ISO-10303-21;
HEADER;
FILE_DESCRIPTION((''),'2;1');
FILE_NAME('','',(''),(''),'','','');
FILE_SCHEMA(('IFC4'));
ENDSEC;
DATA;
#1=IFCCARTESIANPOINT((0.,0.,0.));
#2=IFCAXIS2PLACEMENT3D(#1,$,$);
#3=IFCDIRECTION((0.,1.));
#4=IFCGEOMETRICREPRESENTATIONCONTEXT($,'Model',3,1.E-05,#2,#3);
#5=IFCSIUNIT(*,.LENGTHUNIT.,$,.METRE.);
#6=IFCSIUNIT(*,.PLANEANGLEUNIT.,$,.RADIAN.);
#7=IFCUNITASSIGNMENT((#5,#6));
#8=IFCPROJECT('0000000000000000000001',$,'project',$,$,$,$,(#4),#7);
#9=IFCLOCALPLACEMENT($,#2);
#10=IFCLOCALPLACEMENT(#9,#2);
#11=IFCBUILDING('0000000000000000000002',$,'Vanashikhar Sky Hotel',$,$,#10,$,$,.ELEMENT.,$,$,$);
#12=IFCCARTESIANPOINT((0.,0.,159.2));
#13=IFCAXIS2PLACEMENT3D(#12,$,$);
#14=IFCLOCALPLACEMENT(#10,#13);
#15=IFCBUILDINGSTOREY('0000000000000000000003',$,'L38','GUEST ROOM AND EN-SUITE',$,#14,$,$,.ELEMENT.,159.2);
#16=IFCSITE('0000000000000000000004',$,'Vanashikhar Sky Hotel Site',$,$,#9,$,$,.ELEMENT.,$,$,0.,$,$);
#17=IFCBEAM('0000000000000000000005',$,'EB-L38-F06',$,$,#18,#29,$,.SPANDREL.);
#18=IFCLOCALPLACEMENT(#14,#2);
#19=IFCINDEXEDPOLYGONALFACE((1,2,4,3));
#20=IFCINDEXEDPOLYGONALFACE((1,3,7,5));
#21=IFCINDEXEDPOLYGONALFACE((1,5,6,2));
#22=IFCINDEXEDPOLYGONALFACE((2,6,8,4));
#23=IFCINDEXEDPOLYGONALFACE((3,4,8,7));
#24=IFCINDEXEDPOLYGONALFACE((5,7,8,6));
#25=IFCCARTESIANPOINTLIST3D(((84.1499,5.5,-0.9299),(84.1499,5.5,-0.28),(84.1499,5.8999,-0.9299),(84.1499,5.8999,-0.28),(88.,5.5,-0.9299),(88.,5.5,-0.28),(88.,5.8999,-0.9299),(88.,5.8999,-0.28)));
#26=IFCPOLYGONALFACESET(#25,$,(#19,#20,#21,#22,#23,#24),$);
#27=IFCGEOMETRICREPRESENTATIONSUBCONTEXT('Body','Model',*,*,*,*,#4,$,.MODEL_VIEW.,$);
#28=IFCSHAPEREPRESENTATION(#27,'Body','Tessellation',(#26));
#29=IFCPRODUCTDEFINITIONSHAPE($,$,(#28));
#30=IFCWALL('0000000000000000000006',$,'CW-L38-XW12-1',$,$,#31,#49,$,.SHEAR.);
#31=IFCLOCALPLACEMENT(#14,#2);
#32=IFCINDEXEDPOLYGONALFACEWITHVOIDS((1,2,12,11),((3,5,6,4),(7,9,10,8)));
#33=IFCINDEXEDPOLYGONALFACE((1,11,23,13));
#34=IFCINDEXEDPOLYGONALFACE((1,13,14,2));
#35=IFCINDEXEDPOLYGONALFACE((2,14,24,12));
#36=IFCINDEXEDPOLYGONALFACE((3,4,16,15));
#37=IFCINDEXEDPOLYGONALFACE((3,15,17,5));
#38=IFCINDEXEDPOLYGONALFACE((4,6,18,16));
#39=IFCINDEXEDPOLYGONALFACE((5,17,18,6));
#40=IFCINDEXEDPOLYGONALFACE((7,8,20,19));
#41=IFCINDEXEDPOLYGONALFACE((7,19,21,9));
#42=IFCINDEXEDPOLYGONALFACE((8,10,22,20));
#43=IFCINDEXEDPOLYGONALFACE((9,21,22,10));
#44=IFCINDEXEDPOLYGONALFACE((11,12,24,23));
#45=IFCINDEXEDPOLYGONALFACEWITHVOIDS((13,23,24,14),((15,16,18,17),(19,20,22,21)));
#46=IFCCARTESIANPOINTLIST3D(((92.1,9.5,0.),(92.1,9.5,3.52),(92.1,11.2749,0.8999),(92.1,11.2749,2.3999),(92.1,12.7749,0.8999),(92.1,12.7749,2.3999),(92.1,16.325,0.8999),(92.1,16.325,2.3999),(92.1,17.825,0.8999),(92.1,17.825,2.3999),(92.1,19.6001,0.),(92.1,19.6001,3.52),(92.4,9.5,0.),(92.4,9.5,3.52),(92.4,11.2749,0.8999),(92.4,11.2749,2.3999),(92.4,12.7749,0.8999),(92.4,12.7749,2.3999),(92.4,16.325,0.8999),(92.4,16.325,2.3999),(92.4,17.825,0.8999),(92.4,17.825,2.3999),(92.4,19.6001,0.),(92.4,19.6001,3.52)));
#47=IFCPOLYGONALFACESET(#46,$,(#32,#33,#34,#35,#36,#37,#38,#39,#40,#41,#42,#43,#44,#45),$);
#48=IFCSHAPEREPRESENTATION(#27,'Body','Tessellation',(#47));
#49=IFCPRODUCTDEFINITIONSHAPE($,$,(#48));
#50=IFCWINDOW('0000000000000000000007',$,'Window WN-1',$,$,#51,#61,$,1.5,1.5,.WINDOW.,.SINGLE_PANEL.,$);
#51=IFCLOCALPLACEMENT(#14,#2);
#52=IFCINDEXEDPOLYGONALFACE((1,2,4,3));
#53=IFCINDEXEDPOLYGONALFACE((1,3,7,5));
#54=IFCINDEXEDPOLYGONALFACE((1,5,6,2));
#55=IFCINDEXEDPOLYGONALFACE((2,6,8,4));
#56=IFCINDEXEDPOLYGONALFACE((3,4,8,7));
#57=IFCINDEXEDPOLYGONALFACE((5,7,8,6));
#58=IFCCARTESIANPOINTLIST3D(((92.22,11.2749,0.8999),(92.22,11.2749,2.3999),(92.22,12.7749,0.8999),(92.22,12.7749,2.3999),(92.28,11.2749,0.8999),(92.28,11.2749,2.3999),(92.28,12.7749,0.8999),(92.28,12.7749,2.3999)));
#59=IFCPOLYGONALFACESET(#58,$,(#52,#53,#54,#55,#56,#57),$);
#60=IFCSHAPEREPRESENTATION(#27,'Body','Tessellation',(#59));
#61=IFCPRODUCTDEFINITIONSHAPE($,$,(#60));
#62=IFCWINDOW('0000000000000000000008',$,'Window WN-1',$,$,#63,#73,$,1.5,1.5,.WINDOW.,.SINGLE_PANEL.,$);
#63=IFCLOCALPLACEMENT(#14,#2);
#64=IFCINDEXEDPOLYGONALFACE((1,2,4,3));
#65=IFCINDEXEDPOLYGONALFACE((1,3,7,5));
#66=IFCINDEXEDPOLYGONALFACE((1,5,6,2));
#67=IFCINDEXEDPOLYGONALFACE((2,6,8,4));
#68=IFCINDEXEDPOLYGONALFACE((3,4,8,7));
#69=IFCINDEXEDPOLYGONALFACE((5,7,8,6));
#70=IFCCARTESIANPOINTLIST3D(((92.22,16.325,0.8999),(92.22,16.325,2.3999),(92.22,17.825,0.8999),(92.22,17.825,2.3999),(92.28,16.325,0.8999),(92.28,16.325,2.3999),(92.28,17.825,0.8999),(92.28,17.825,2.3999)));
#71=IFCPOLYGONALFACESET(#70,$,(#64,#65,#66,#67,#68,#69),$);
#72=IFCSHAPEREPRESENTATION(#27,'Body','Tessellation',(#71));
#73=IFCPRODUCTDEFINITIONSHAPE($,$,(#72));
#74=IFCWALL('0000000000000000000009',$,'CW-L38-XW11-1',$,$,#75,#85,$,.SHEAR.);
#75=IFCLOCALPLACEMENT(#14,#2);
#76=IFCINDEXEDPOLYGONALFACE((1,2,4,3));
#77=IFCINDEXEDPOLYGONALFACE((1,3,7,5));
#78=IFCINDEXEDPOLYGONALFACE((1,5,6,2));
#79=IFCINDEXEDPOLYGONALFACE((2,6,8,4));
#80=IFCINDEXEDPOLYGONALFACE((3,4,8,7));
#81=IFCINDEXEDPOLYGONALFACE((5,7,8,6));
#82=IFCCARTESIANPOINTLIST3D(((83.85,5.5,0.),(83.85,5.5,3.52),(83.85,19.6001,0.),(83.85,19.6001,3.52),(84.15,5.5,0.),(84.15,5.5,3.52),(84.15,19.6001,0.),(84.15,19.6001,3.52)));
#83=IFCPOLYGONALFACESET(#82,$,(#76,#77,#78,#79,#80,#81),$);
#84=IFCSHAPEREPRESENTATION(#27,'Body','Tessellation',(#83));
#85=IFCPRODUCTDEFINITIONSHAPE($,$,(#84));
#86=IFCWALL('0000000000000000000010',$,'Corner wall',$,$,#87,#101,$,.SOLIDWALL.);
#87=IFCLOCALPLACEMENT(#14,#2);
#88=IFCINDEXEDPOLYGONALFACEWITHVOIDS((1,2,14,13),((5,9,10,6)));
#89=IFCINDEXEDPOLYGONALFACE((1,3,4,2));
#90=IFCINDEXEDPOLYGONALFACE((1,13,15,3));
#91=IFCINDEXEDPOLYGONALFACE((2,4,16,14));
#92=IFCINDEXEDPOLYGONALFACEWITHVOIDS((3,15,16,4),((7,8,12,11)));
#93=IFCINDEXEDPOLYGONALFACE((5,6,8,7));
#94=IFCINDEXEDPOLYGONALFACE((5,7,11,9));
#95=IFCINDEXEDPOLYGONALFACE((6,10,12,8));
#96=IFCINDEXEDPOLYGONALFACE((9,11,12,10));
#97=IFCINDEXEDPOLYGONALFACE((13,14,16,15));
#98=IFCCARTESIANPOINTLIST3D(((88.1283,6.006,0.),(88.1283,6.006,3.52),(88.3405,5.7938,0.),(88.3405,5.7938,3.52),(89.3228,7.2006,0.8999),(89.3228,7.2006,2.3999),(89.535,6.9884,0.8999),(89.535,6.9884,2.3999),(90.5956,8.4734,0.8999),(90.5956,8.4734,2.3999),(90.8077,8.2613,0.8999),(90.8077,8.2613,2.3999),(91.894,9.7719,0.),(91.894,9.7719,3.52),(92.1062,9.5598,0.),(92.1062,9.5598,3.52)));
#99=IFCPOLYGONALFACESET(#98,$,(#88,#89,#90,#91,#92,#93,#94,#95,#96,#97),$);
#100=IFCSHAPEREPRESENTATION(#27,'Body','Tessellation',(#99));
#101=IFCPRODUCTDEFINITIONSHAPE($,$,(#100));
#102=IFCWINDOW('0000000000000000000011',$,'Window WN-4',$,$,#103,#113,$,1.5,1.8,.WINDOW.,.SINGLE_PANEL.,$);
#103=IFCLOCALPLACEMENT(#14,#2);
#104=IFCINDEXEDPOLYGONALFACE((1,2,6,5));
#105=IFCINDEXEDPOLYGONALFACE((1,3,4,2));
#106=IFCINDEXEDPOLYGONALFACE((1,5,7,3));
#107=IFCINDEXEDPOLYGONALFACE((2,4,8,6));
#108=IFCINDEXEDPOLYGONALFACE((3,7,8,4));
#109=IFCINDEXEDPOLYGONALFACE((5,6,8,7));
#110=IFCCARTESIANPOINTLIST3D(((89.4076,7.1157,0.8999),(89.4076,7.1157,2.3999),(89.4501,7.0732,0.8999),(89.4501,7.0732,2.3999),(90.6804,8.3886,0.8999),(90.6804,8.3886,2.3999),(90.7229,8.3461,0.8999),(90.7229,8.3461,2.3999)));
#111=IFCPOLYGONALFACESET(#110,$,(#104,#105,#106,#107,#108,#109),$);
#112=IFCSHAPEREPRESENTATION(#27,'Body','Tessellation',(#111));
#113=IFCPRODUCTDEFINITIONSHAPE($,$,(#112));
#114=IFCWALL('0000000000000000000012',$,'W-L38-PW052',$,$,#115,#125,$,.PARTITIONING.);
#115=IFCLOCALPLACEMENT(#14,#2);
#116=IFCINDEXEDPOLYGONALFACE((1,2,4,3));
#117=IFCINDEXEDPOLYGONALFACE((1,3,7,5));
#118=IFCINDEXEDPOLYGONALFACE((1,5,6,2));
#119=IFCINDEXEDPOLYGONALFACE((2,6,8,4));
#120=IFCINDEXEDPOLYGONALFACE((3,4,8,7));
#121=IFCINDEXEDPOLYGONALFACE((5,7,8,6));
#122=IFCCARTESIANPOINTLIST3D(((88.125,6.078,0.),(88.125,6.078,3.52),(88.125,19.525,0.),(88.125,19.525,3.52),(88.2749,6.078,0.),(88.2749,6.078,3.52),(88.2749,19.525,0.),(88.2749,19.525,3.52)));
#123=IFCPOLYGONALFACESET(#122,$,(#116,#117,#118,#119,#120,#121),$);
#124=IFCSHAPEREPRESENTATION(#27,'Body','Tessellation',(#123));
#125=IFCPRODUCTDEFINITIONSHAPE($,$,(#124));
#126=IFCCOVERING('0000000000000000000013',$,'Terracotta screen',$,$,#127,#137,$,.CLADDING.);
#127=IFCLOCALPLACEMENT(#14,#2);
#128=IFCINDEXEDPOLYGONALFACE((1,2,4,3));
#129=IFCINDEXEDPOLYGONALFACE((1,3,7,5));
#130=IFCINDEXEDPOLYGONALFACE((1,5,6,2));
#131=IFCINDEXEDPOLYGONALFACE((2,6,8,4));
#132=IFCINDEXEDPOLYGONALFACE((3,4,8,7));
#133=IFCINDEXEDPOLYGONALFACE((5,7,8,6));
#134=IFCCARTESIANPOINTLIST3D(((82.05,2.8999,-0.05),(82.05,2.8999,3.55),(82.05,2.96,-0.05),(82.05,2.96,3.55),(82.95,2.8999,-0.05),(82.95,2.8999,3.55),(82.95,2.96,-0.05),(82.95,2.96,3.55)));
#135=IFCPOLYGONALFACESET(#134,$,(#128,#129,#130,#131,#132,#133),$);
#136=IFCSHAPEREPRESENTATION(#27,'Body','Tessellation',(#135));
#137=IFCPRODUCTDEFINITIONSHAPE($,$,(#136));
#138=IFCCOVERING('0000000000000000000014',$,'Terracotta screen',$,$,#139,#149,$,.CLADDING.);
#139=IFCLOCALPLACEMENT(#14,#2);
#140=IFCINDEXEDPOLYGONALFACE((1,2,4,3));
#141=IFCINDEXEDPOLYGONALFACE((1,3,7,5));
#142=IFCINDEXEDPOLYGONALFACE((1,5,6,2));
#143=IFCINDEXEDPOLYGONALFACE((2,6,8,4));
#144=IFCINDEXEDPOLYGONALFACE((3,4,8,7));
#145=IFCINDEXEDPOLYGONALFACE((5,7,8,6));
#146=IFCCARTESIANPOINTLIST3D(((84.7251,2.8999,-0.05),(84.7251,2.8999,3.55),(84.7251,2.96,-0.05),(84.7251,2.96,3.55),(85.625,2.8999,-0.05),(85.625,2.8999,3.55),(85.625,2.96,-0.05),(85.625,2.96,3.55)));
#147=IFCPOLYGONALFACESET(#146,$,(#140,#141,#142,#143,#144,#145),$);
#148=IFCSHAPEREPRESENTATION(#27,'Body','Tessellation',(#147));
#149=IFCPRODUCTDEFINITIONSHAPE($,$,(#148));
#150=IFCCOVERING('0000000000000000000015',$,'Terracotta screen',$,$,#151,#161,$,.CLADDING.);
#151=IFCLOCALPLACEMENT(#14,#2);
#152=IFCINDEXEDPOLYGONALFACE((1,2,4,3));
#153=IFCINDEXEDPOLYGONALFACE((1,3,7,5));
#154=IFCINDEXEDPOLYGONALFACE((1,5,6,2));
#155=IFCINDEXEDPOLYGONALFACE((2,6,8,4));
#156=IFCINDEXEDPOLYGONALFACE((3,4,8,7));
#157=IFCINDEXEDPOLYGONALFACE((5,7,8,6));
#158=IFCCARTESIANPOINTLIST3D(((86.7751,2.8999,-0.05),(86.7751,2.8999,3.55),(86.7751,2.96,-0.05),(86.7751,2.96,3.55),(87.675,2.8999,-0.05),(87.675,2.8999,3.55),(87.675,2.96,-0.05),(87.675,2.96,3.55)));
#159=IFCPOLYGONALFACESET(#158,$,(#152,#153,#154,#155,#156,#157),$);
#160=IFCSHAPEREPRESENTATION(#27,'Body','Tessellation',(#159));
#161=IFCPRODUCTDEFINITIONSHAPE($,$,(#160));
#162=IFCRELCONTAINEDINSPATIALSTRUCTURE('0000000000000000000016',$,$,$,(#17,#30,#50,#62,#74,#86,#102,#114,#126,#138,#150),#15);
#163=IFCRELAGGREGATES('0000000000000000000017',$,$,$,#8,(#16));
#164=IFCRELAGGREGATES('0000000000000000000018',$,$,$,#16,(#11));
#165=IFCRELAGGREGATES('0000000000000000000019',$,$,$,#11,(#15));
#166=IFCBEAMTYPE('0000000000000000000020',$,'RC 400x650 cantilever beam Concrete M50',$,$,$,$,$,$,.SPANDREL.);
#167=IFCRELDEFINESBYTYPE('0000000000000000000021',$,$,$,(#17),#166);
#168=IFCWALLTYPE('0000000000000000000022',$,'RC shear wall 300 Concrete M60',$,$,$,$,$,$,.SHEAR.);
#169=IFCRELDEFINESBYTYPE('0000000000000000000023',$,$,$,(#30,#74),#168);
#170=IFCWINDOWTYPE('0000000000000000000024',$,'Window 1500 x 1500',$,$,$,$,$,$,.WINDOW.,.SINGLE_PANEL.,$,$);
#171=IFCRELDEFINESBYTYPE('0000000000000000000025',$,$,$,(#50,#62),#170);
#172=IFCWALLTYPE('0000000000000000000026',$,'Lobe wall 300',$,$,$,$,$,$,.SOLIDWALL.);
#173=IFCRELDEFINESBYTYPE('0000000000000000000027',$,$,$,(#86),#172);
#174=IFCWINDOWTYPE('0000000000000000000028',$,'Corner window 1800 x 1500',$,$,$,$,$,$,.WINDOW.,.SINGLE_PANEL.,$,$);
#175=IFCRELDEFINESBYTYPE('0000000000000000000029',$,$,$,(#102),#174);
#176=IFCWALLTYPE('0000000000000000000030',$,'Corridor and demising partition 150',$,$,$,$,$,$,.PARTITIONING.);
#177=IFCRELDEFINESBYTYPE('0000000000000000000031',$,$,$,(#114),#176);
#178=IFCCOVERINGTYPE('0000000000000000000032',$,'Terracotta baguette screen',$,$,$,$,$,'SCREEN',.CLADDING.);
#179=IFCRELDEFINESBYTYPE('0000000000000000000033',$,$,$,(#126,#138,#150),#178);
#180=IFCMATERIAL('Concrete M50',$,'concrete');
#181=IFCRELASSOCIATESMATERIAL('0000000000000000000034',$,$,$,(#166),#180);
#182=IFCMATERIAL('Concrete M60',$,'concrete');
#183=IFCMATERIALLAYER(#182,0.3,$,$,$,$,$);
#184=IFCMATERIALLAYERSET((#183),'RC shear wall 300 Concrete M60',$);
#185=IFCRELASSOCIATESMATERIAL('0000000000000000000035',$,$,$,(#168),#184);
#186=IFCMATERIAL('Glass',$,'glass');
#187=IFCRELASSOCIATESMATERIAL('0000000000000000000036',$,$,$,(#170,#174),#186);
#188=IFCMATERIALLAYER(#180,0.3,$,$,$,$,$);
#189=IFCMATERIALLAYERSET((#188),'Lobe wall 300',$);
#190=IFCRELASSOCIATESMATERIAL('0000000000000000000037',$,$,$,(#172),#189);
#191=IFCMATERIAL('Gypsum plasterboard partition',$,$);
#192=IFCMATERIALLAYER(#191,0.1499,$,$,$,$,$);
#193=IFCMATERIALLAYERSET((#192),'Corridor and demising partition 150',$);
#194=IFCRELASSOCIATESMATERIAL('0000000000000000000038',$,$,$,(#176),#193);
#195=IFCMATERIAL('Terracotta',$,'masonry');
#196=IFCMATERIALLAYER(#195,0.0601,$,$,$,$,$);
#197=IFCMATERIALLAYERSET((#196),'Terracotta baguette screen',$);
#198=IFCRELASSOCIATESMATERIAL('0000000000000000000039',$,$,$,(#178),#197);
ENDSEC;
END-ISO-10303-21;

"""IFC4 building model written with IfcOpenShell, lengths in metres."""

from ifc_helpers import new_model, si_unit, direction, frame, frame_2d, origin, origin_2d, place, context, subcontext, project, spatial, rectangle, extrude, source, transform, mapped, material, layer, layer_set, material_profile, profile_set, type_object, element, fill, save


model = new_model("IFC4")

# Units and contexts
model_context = context("Model", 3, precision=1e-05, world=origin(), true_north=direction((0.0, 1.0)))
body_context = subcontext(model_context, "Body", "Model", "MODEL_VIEW")
ifc_project = project(units=[si_unit("LENGTHUNIT", "METRE"), si_unit("PLANEANGLEUNIT", "RADIAN")], contexts=[model_context])

# Site, building, storey
site_placement = place(None, origin())
site = spatial("IfcSite", under=ifc_project, at=site_placement, Name="Vanashikhar Sky Hotel Site", CompositionType="ELEMENT", RefElevation=0.0)
building_placement = place(site_placement, origin())
building = spatial("IfcBuilding", under=site, at=building_placement, Name="Vanashikhar Sky Hotel", CompositionType="ELEMENT")
storey_placement = place(building_placement, frame((0.0, 0.0, 159.2)))
storey = spatial("IfcBuildingStorey", under=building, at=storey_placement, Name="L38", Description="GUEST ROOM AND EN-SUITE", CompositionType="ELEMENT", Elevation=159.2)

# Beam
ifc_material_1 = material(Name="Concrete M50", Category="concrete")
ifc_material_profile = material_profile(ifc_material_1, rectangle(XDim=0.3999, YDim=0.6499, at=origin_2d()))
ifc_profile_set = profile_set([ifc_material_profile], Name="RC 400x650 cantilever beam Concrete M50")
beam_type = type_object("IfcBeamType", Name="RC 400x650 cantilever beam Concrete M50", PredefinedType="SPANDREL", material=ifc_profile_set)
shared_shape_1 = source(origin(), body_context, "Body", "SweptSolid", [
    extrude(rectangle(XDim=0.3999, YDim=0.6499, at=origin_2d()), origin(), (0.0, 0.0, 1.0), 3.8501),
])
beam_placement = place(storey_placement, frame((84.1499, 5.7, -0.605), z_axis=(1.0, 0.0, 0.0), x_axis=(0.0, 1.0, 0.0)))
element("IfcBeam", 1, at=beam_placement, inside=storey, type_object=beam_type, Name="EB-L38-F06", PredefinedType="SPANDREL", context=body_context, shape_type="MappedRepresentation", body=[
    mapped(shared_shape_1, transform((0.0, 0.0, 0.0), scale=1.0)),
])

# Wall, openings, windows
ifc_material_2 = material(Name="Concrete M60", Category="concrete")
ifc_layer_1 = layer(ifc_material_2, 0.3)
ifc_layer_set_1 = layer_set([ifc_layer_1], Name="RC shear wall 300 Concrete M60")
wall_type_1 = type_object("IfcWallType", Name="RC shear wall 300 Concrete M60", PredefinedType="SHEAR", material=ifc_layer_set_1)
shared_shape_2 = source(origin(), body_context, "Body", "SweptSolid", [
    extrude(rectangle(XDim=10.1001, YDim=0.3, at=frame_2d((5.05, 0.0))), origin(), (0.0, 0.0, 1.0), 3.52),
])
wall_1_placement = place(storey_placement, frame((92.25, 9.5, 0.0), z_axis=(0.0, 0.0, 1.0), x_axis=(0.0, 1.0, 0.0)))
wall_1 = element("IfcWall", 2, at=wall_1_placement, inside=storey, type_object=wall_type_1, Name="CW-L38-XW12-1", PredefinedType="SHEAR", context=body_context, shape_type="MappedRepresentation", body=[
    mapped(shared_shape_2, transform((0.0, 0.0, 0.0), scale=1.0)),
])
shared_shape_3 = source(origin(), body_context, "Body", "SweptSolid", [
    extrude(rectangle(XDim=1.5, YDim=1.5, at=frame_2d((0.75, 0.75))), frame((0.0, 0.1602, 0.0), z_axis=(0.0, -1.0, 0.0), x_axis=(1.0, 0.0, 0.0)), (0.0, 0.0, 1.0), 0.3201),
])
opening_1_placement = place(wall_1_placement, frame((1.7749, 0.0, 0.8999)))
opening_1 = element("IfcOpeningElement", 3, at=opening_1_placement, cuts=wall_1, PredefinedType="OPENING", context=body_context, shape_type="MappedRepresentation", body=[
    mapped(shared_shape_3, transform((0.0, 0.0, 0.0), scale=1.0)),
])
opening_2_placement = place(wall_1_placement, frame((6.825, 0.0, 0.8999)))
opening_2 = element("IfcOpeningElement", 4, at=opening_2_placement, cuts=wall_1, PredefinedType="OPENING", context=body_context, shape_type="MappedRepresentation", body=[
    mapped(shared_shape_3, transform((0.0, 0.0, 0.0), scale=1.0)),
])
ifc_material_3 = material(Name="Glass", Category="glass")
window_type_1 = type_object("IfcWindowType", Name="Window 1500 x 1500", PartitioningType="SINGLE_PANEL", PredefinedType="WINDOW", material=ifc_material_3)
shared_shape_4 = source(origin(), body_context, "Body", "SweptSolid", [
    extrude(rectangle(XDim=1.5, YDim=1.5, at=frame_2d((0.75, 0.75))), frame((0.0, 0.03, 0.0), z_axis=(0.0, -1.0, 0.0), x_axis=(1.0, 0.0, 0.0)), (0.0, 0.0, 1.0), 0.0601),
])
window_1_placement = place(opening_1_placement, origin())
window_1 = element("IfcWindow", 5, at=window_1_placement, inside=storey, type_object=window_type_1, Name="Window WN-1", OverallHeight=1.5, OverallWidth=1.5, PartitioningType="SINGLE_PANEL", PredefinedType="WINDOW", context=body_context, shape_type="MappedRepresentation", body=[
    mapped(shared_shape_4, transform((0.0, 0.0, 0.0), scale=1.0)),
])
fill(opening_1, window_1)
window_2_placement = place(opening_2_placement, origin())
window_2 = element("IfcWindow", 6, at=window_2_placement, inside=storey, type_object=window_type_1, Name="Window WN-1", OverallHeight=1.5, OverallWidth=1.5, PartitioningType="SINGLE_PANEL", PredefinedType="WINDOW", context=body_context, shape_type="MappedRepresentation", body=[
    mapped(shared_shape_4, transform((0.0, 0.0, 0.0), scale=1.0)),
])
fill(opening_2, window_2)

# Wall
shared_shape_5 = source(origin(), body_context, "Body", "SweptSolid", [
    extrude(rectangle(XDim=14.1001, YDim=0.3, at=frame_2d((7.05, 0.0))), origin(), (0.0, 0.0, 1.0), 3.52),
])
wall_2_placement = place(storey_placement, frame((84.0, 5.5, 0.0), z_axis=(0.0, 0.0, 1.0), x_axis=(0.0, 1.0, 0.0)))
element("IfcWall", 7, at=wall_2_placement, inside=storey, type_object=wall_type_1, Name="CW-L38-XW11-1", PredefinedType="SHEAR", context=body_context, shape_type="MappedRepresentation", body=[
    mapped(shared_shape_5, transform((0.0, 0.0, 0.0), scale=1.0)),
])

# Wall, opening, window
ifc_layer_2 = layer(ifc_material_1, 0.3)
ifc_layer_set_2 = layer_set([ifc_layer_2], Name="Lobe wall 300")
wall_type_2 = type_object("IfcWallType", Name="Lobe wall 300", PredefinedType="SOLIDWALL", material=ifc_layer_set_2)
shared_shape_6 = source(origin(), body_context, "Body", "SweptSolid", [
    extrude(rectangle(XDim=5.3257, YDim=0.3, at=frame_2d((2.6628, 0.0))), origin(), (0.0, 0.0, 1.0), 3.52),
])
wall_3_placement = place(storey_placement, frame((88.2344, 5.8999, 0.0), z_axis=(0.0, 0.0, 1.0), x_axis=(0.707084, 0.70713, 0.0)))
wall_3 = element("IfcWall", 8, at=wall_3_placement, inside=storey, type_object=wall_type_2, Name="Corner wall", PredefinedType="SOLIDWALL", context=body_context, shape_type="MappedRepresentation", body=[
    mapped(shared_shape_6, transform((0.0, 0.0, 0.0), scale=1.0)),
])
shared_shape_7 = source(origin(), body_context, "Body", "SweptSolid", [
    extrude(rectangle(XDim=1.8, YDim=1.5, at=frame_2d((0.8999, 0.75))), frame((0.0, 0.1602, 0.0), z_axis=(0.0, -1.0, 0.0), x_axis=(1.0, 0.0, 0.0)), (0.0, 0.0, 1.0), 0.3201),
])
opening_3_placement = place(wall_3_placement, frame((1.6895, 0.0, 0.8999)))
opening_3 = element("IfcOpeningElement", 9, at=opening_3_placement, cuts=wall_3, PredefinedType="OPENING", context=body_context, shape_type="MappedRepresentation", body=[
    mapped(shared_shape_7, transform((0.0, 0.0, 0.0), scale=1.0)),
])
window_type_2 = type_object("IfcWindowType", Name="Corner window 1800 x 1500", PartitioningType="SINGLE_PANEL", PredefinedType="WINDOW", material=ifc_material_3)
shared_shape_8 = source(origin(), body_context, "Body", "SweptSolid", [
    extrude(rectangle(XDim=1.8, YDim=1.5, at=frame_2d((0.8999, 0.75))), frame((0.0, 0.03, 0.0), z_axis=(0.0, -1.0, 0.0), x_axis=(1.0, 0.0, 0.0)), (0.0, 0.0, 1.0), 0.0601),
])
window_3_placement = place(opening_3_placement, origin())
window_3 = element("IfcWindow", 10, at=window_3_placement, inside=storey, type_object=window_type_2, Name="Window WN-4", OverallHeight=1.5, OverallWidth=1.8, PartitioningType="SINGLE_PANEL", PredefinedType="WINDOW", context=body_context, shape_type="MappedRepresentation", body=[
    mapped(shared_shape_8, transform((0.0, 0.0, 0.0), scale=1.0)),
])
fill(opening_3, window_3)

# Wall
ifc_material_4 = material(Name="Gypsum plasterboard partition")
ifc_layer_3 = layer(ifc_material_4, 0.1499)
ifc_layer_set_3 = layer_set([ifc_layer_3], Name="Corridor and demising partition 150")
wall_type_3 = type_object("IfcWallType", Name="Corridor and demising partition 150", PredefinedType="PARTITIONING", material=ifc_layer_set_3)
shared_shape_9 = source(origin(), body_context, "Body", "SweptSolid", [
    extrude(rectangle(XDim=13.447, YDim=0.1499, at=frame_2d((6.7236, 0.0))), origin(), (0.0, 0.0, 1.0), 3.52),
])
wall_4_placement = place(storey_placement, frame((88.2, 6.0779, 0.0), z_axis=(0.0, 0.0, 1.0), x_axis=(0.0, 1.0, 0.0)))
element("IfcWall", 11, at=wall_4_placement, inside=storey, type_object=wall_type_3, Name="W-L38-PW052", PredefinedType="PARTITIONING", context=body_context, shape_type="MappedRepresentation", body=[
    mapped(shared_shape_9, transform((0.0, 0.0, 0.0), scale=1.0)),
])

# Coverings
ifc_material_5 = material(Name="Terracotta", Category="masonry")
ifc_layer_4 = layer(ifc_material_5, 0.0601)
ifc_layer_set_4 = layer_set([ifc_layer_4], Name="Terracotta baguette screen")
covering_type = type_object("IfcCoveringType", Name="Terracotta baguette screen", ElementType="SCREEN", PredefinedType="CLADDING", material=ifc_layer_set_4)
shared_shape_10 = source(origin(), body_context, "Body", "SweptSolid", [
    extrude(rectangle(XDim=0.8999, YDim=0.0601, at=origin_2d()), origin(), (0.0, 0.0, 1.0), 3.6001),
])
for number, where, z_axis, x_axis, name in (
    (12, (82.5, 2.9299, -0.05), (0.0, 0.0, 1.0), (1.0, 0.0, 0.0), "Terracotta screen"),
    (13, (85.175, 2.9299, -0.05), (0.0, 0.0, 1.0), (1.0, 0.0, 0.0), "Terracotta screen"),
    (14, (87.2251, 2.9299, -0.05), (0.0, 0.0, 1.0), (1.0, 0.0, 0.0), "Terracotta screen"),
):
    element("IfcCovering", number, at=place(storey_placement, frame(where, z_axis=z_axis, x_axis=x_axis)), inside=storey, type_object=covering_type, Name=name, PredefinedType="CLADDING", context=body_context, shape_type="MappedRepresentation", body=[
        mapped(shared_shape_10, transform((0.0, 0.0, 0.0), scale=1.0)),
    ])

save(model, "model.ifc")
